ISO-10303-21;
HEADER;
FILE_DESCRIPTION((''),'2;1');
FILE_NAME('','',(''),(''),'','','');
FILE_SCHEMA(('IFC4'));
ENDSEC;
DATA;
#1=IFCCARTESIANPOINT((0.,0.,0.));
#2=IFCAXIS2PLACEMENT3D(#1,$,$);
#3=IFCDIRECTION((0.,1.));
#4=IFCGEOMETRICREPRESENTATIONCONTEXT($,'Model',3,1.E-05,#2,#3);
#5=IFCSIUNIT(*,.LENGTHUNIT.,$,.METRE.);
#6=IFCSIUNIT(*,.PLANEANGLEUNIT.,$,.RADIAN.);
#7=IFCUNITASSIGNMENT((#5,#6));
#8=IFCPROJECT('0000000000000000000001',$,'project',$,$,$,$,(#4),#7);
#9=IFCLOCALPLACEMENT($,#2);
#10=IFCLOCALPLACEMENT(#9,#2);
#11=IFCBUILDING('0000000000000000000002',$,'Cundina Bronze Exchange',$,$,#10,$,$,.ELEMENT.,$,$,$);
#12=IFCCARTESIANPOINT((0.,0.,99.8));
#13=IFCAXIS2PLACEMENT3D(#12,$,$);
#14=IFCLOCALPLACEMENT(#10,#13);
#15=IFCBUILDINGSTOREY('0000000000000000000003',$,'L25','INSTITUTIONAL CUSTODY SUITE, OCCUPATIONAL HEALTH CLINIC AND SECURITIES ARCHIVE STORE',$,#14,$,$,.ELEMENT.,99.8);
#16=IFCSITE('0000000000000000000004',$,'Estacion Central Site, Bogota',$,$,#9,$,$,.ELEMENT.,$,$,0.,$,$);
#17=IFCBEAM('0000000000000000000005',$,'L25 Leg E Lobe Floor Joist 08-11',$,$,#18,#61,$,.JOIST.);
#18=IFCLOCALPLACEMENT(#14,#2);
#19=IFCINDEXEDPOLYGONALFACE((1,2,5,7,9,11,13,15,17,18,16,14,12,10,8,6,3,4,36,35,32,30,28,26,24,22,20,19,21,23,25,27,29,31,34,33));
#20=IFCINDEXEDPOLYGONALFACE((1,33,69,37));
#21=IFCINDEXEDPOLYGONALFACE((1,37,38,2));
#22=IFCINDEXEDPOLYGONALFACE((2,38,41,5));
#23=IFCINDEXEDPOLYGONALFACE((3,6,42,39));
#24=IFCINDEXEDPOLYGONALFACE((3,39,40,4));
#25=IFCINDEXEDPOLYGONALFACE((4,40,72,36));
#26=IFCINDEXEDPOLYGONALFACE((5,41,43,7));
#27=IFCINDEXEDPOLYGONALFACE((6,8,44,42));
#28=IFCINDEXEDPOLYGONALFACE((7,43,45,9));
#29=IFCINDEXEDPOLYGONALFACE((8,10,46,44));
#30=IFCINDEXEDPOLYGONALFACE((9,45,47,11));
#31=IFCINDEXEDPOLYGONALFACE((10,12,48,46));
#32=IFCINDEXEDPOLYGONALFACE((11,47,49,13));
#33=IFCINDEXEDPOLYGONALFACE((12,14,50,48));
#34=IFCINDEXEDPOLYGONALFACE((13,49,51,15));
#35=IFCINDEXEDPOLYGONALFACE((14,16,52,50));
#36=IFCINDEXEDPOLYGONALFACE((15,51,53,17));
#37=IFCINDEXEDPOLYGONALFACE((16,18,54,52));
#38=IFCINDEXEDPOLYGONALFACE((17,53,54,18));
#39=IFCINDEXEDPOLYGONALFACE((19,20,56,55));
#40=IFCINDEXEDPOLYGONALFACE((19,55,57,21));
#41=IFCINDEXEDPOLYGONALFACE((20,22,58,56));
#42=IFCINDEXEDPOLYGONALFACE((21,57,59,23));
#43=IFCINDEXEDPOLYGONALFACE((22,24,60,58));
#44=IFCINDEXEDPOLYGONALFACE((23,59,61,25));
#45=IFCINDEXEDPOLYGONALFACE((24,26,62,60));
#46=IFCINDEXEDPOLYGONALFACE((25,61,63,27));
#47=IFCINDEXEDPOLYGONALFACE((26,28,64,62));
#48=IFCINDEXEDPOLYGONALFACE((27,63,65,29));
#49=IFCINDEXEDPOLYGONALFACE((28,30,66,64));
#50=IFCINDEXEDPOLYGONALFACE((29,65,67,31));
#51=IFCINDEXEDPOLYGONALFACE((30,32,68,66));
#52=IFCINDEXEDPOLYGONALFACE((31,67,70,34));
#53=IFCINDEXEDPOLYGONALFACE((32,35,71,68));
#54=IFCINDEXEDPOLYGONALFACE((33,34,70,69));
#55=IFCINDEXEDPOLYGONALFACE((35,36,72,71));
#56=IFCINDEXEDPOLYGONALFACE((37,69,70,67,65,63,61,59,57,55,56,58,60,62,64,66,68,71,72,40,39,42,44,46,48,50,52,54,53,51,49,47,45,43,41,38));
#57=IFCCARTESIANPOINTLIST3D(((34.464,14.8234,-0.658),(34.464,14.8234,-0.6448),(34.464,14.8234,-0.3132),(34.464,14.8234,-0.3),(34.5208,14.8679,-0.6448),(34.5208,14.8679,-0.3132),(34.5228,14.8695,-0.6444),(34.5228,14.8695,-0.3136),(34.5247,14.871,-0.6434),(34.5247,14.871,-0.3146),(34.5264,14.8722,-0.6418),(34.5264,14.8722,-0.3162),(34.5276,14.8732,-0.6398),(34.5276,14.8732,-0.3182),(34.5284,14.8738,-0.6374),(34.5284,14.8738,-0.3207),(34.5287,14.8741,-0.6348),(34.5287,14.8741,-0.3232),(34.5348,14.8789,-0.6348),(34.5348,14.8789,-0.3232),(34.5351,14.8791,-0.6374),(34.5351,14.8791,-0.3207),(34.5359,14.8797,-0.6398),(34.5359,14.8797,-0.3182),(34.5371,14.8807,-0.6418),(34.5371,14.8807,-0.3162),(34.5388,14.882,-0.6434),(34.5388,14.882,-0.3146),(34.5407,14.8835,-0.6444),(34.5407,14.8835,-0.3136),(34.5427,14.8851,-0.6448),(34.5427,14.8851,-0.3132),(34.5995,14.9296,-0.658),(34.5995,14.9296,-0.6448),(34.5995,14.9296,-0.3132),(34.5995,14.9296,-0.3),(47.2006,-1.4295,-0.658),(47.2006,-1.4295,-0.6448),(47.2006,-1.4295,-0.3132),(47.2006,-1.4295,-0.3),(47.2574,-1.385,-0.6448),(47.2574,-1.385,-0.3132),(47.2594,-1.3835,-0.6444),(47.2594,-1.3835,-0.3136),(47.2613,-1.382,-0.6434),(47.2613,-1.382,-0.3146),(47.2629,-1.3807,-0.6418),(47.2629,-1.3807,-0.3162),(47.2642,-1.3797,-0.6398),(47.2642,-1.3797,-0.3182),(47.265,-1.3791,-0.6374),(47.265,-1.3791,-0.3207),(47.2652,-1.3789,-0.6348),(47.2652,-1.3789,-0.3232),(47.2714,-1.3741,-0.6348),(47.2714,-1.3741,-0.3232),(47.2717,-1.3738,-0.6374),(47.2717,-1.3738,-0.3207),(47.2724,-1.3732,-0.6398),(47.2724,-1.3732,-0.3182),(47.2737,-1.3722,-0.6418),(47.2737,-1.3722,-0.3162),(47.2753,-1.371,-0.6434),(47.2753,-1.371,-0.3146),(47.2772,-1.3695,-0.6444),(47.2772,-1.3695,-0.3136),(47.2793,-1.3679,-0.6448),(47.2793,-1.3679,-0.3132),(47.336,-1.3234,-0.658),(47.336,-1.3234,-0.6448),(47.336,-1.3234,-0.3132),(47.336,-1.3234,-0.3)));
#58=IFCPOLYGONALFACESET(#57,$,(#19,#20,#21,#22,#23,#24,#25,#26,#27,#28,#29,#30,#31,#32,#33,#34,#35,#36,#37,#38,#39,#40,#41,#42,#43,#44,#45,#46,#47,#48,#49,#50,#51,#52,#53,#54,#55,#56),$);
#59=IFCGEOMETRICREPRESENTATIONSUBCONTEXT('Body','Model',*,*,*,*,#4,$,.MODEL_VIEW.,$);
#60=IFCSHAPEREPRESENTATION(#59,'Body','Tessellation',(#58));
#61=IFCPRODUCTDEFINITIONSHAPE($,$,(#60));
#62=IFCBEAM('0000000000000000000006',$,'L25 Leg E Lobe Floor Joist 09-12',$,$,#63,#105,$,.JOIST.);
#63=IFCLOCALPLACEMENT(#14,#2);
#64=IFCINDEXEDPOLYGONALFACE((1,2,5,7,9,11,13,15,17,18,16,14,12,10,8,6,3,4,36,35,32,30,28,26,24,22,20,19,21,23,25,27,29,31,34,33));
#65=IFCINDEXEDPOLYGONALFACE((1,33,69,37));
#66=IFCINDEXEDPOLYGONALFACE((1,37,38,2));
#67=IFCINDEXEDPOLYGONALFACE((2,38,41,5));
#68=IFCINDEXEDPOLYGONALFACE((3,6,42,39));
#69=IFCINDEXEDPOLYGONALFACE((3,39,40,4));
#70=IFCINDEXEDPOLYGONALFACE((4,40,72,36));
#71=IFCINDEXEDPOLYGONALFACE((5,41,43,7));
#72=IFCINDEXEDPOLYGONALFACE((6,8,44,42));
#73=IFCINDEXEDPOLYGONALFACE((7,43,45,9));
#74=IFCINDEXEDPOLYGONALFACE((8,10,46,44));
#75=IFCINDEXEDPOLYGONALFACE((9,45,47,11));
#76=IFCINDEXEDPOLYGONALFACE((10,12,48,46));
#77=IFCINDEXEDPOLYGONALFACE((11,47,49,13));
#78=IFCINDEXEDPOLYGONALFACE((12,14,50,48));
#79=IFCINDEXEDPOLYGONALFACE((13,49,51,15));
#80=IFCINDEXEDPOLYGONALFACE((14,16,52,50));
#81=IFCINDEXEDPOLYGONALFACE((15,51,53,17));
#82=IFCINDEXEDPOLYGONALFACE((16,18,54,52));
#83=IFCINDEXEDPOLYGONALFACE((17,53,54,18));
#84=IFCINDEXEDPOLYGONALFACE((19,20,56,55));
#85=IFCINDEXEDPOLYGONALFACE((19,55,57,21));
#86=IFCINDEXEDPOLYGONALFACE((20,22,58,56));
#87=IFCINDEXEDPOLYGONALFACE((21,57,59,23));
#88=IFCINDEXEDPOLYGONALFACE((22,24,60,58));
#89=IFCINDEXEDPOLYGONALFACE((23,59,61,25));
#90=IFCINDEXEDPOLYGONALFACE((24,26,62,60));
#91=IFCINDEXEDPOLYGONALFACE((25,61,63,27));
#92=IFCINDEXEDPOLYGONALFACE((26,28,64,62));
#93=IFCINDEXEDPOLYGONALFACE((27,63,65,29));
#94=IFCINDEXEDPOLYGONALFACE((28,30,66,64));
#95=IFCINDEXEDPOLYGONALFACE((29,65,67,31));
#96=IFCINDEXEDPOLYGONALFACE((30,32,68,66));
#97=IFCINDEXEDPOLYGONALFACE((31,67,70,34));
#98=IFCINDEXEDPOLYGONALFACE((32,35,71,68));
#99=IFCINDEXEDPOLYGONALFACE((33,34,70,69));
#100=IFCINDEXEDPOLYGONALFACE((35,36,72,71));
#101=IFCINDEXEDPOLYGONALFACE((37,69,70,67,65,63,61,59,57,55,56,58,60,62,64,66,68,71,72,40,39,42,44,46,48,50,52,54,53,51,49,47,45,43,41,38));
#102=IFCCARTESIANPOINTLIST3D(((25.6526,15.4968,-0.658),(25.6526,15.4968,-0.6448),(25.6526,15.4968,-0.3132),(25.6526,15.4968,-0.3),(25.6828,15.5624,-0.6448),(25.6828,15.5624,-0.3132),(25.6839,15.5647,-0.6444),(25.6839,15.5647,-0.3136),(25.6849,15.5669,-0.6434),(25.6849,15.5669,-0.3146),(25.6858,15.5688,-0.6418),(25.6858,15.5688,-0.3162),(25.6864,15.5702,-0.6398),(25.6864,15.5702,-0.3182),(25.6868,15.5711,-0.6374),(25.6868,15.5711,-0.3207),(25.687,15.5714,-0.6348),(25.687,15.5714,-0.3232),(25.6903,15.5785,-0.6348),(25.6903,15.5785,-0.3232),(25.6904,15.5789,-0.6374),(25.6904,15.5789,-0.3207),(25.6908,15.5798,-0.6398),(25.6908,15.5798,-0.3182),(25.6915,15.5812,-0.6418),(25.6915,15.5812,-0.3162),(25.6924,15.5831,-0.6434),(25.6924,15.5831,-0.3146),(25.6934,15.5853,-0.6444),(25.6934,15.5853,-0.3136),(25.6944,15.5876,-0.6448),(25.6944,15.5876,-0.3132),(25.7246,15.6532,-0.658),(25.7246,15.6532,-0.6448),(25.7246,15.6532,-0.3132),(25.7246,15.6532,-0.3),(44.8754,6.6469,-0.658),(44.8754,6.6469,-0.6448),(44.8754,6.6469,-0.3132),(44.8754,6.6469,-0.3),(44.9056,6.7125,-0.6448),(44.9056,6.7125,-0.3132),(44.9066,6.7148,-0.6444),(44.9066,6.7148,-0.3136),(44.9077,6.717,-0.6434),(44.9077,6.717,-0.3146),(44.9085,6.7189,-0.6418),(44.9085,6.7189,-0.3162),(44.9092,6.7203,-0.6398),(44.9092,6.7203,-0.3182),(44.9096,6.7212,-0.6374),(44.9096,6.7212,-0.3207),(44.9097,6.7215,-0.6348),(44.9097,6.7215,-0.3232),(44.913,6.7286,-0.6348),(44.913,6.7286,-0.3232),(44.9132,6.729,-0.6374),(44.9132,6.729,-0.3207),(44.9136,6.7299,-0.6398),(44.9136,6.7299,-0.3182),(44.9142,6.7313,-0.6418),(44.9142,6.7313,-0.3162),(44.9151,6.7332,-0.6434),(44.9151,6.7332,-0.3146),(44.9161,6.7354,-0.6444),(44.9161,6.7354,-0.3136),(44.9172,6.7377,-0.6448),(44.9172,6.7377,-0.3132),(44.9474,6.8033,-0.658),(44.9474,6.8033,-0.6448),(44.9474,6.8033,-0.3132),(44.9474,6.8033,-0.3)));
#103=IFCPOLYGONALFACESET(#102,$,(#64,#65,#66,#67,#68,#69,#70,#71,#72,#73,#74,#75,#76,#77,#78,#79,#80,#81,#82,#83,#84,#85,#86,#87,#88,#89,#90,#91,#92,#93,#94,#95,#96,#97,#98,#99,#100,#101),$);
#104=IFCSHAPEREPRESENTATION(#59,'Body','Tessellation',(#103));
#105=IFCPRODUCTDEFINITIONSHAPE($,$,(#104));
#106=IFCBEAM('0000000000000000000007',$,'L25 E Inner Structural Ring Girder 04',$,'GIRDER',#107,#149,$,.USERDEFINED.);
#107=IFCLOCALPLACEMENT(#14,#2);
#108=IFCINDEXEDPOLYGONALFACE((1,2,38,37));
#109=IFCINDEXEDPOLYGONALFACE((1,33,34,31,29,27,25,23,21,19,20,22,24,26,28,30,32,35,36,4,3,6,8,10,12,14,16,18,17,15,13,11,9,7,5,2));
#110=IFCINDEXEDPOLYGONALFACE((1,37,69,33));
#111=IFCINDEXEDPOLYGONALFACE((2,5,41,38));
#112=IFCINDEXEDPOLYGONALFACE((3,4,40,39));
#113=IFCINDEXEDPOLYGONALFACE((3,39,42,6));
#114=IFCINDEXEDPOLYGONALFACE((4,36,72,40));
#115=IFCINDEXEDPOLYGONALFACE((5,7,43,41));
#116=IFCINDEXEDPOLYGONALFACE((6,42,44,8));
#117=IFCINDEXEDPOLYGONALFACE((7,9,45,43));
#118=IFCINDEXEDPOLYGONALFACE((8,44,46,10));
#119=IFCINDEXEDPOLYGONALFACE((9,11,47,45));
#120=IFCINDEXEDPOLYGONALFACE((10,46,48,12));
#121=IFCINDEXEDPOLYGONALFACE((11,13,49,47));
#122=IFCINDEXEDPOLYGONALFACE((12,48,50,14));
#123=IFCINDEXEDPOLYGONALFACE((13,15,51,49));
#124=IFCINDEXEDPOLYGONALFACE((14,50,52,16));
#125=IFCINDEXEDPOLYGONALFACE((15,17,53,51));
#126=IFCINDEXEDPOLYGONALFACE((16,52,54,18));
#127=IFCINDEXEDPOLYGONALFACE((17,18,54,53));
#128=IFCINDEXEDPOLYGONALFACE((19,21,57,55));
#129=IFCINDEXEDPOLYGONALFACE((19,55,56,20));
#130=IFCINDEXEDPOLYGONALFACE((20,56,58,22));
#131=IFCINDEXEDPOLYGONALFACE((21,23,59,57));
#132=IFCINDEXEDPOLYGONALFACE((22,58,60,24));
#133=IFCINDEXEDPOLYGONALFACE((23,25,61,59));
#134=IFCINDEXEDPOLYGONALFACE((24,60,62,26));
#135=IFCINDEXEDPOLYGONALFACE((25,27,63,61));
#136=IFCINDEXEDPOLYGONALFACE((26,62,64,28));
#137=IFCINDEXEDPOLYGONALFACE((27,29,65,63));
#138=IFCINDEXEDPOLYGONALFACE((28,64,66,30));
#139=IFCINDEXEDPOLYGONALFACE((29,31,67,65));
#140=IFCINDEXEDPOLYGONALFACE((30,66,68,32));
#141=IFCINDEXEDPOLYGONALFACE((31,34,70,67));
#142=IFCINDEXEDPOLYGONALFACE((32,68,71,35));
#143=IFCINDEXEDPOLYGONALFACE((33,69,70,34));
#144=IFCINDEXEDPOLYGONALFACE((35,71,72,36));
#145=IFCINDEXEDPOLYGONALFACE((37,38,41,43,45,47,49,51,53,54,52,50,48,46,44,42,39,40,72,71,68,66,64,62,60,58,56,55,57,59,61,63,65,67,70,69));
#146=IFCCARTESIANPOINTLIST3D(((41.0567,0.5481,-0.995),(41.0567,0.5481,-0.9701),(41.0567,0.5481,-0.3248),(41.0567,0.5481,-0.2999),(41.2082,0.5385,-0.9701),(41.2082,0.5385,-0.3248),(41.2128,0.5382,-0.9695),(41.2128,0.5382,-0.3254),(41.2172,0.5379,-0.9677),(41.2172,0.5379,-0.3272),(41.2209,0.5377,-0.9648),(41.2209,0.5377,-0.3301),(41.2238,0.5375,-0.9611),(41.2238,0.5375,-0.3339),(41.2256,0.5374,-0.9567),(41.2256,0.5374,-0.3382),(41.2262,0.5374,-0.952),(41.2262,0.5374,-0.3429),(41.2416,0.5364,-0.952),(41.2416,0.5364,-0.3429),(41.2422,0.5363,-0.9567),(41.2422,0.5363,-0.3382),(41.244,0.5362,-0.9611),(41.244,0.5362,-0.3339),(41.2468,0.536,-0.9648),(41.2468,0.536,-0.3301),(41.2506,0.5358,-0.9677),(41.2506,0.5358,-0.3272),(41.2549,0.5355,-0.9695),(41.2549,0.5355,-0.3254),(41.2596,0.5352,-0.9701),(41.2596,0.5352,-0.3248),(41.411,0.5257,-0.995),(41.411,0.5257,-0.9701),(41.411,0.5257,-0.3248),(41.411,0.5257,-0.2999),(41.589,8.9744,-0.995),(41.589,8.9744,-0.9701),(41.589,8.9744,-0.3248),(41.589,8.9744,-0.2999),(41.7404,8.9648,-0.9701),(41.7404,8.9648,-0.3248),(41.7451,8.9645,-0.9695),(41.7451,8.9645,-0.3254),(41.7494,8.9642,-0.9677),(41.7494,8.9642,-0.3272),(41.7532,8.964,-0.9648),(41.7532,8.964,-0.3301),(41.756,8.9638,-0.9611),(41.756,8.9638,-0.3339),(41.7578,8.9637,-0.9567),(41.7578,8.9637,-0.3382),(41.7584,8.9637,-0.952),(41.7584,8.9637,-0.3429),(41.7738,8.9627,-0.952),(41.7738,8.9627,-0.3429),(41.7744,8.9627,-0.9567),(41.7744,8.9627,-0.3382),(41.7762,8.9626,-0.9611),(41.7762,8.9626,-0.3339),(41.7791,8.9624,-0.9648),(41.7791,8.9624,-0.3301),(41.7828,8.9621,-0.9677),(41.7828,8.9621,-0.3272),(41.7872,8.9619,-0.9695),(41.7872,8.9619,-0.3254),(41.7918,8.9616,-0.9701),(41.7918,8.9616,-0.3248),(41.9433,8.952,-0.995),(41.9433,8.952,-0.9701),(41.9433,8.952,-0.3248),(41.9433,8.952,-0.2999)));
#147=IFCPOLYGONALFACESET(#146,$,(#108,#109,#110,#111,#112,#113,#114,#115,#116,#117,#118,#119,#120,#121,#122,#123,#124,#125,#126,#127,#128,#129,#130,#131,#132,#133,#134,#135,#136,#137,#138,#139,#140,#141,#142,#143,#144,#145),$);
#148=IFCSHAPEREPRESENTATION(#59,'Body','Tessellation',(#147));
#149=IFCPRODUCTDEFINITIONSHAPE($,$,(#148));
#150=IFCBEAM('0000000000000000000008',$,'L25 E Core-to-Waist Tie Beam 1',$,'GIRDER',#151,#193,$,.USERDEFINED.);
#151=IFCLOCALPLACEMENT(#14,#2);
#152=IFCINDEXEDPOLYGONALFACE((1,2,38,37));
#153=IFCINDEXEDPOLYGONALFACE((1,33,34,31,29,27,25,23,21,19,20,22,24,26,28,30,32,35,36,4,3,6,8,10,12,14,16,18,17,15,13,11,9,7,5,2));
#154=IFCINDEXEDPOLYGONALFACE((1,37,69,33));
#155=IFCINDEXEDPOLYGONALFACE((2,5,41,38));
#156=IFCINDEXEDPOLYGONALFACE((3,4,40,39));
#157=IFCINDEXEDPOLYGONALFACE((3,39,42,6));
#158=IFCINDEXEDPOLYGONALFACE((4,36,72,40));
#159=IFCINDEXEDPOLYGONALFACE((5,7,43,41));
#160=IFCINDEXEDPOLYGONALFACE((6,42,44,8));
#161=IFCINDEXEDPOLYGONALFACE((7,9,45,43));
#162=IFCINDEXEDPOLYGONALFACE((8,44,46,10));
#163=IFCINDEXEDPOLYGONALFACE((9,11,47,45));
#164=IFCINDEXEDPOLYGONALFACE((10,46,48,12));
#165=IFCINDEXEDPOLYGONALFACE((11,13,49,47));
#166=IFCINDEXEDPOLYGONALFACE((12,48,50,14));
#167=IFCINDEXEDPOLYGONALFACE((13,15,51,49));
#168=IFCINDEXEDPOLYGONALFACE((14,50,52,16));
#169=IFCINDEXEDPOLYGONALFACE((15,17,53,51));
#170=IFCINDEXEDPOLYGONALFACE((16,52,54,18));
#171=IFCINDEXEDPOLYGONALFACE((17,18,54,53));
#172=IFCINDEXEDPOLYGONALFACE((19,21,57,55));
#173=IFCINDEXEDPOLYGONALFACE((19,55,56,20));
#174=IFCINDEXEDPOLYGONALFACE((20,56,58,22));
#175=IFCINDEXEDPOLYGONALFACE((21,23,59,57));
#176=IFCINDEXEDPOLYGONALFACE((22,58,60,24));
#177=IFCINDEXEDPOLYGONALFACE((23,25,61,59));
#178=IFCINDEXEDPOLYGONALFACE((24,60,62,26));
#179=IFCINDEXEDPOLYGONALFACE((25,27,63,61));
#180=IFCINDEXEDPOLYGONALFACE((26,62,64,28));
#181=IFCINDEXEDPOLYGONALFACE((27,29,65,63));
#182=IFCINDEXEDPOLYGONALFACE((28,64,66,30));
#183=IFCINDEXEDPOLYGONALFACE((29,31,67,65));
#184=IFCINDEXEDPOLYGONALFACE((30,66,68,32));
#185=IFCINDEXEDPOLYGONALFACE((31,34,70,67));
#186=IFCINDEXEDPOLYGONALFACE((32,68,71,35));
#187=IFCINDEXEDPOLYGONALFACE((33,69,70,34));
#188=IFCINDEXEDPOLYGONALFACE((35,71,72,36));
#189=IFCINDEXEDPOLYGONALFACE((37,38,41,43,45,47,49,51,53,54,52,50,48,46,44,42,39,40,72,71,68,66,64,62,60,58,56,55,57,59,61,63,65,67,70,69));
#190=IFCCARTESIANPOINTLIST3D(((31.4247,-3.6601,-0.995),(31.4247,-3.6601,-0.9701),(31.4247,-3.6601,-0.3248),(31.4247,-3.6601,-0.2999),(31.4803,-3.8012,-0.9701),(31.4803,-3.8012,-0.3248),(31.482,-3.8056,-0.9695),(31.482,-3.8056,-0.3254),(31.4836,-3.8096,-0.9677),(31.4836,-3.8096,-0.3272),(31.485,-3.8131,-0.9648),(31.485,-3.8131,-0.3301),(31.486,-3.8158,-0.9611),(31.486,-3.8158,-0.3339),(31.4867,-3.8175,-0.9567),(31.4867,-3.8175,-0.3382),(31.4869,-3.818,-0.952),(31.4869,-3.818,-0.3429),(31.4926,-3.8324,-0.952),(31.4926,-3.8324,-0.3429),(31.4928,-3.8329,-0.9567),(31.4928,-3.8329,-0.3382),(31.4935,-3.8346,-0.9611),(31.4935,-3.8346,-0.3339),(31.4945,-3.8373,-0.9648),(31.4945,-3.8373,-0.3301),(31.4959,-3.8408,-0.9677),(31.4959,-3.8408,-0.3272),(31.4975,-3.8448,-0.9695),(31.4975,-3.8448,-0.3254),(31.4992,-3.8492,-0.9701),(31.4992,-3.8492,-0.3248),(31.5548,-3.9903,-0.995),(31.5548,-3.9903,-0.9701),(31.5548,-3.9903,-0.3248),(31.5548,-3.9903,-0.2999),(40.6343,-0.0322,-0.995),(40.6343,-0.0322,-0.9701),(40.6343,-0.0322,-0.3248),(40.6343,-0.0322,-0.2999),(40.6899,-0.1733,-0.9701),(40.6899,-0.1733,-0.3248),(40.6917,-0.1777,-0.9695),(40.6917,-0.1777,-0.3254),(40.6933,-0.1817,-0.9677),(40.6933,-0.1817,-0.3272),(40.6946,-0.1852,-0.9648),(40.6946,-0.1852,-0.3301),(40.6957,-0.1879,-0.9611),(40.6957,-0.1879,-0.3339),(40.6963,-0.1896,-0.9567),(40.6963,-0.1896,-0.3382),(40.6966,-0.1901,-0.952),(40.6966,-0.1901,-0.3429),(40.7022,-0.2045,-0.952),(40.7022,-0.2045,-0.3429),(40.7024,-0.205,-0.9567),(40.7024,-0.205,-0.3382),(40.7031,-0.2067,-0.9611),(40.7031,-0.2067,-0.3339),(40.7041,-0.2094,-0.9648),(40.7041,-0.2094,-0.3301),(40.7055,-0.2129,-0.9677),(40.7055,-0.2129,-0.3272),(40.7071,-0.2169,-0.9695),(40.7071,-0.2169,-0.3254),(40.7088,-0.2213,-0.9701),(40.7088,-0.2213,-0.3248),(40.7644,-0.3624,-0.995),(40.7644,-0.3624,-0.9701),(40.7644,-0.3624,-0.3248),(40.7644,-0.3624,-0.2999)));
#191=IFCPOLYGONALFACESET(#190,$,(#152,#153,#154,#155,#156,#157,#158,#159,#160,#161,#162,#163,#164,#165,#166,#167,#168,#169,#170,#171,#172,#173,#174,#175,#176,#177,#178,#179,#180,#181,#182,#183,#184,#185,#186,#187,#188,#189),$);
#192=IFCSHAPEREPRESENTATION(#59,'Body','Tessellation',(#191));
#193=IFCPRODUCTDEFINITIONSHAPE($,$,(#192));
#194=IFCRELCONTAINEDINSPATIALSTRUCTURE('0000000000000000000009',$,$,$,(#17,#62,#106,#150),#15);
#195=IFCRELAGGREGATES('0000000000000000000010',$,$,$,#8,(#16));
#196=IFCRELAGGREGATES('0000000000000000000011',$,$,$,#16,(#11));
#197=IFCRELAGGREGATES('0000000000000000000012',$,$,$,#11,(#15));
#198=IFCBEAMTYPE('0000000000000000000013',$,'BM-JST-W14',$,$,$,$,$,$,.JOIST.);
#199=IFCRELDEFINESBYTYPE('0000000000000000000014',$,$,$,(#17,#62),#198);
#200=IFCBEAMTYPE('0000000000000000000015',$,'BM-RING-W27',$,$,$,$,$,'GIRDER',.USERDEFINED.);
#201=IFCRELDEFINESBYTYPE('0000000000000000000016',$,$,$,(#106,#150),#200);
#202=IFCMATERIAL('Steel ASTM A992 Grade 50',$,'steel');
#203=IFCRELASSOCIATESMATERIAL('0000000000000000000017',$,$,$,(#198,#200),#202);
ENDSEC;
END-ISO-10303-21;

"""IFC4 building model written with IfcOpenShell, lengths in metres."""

from ifc_helpers import new_model, si_unit, direction, frame, origin, origin_2d, place, context, subcontext, project, spatial, i_section, extrude, material, material_profile, profile_set, type_object, element, save


model = new_model("IFC4")

# Units and contexts
model_context = context("Model", 3, precision=1e-05, world=origin(), true_north=direction((0.0, 1.0)))
body_context = subcontext(model_context, "Body", "Model", "MODEL_VIEW")
ifc_project = project(units=[si_unit("LENGTHUNIT", "METRE"), si_unit("PLANEANGLEUNIT", "RADIAN")], contexts=[model_context])

# Site, building, storey
site_placement = place(None, origin())
site = spatial("IfcSite", under=ifc_project, at=site_placement, Name="Estacion Central Site, Bogota", CompositionType="ELEMENT", RefElevation=0.0)
building_placement = place(site_placement, origin())
building = spatial("IfcBuilding", under=site, at=building_placement, Name="Cundina Bronze Exchange", CompositionType="ELEMENT")
storey_placement = place(building_placement, frame((0.0, 0.0, 99.8)))
storey = spatial("IfcBuildingStorey", under=building, at=storey_placement, Name="L25", Description="INSTITUTIONAL CUSTODY SUITE, OCCUPATIONAL HEALTH CLINIC AND SECURITIES ARCHIVE STORE", CompositionType="ELEMENT", Elevation=99.8)

# Shared definitions
ifc_material_1 = material(Name="Steel ASTM A992 Grade 50", Category="steel")

# Beams
ifc_material_profile_1 = material_profile(ifc_material_1, i_section(OverallWidth=0.1721, OverallDepth=0.3579, WebThickness=0.0078, FlangeThickness=0.0132, FilletRadius=0.01, at=origin_2d()), Name="W14X38", Category="steel")
ifc_profile_set_1 = profile_set([ifc_material_profile_1], Name="Steel ASTM A992 Grade 50")
beam_type_1 = type_object("IfcBeamType", Name="BM-JST-W14", PredefinedType="JOIST", material=ifc_profile_set_1)
beam_1_placement = place(storey_placement, frame((47.2683, -1.3765, -0.479), z_axis=(-0.616815, 0.787108, 0.0), x_axis=(-0.787108, -0.616815, 0.0)))
element("IfcBeam", 1, at=beam_1_placement, inside=storey, type_object=beam_type_1, Name="L25 Leg E Lobe Floor Joist 08-11", PredefinedType="JOIST", context=body_context, shape_type="SweptSolid", body=[
    extrude(i_section(OverallWidth=0.1721, OverallDepth=0.3579, WebThickness=0.0078, FlangeThickness=0.0132, FilletRadius=0.01, at=origin_2d()), origin(), (0.0, 0.0, 1.0), 20.6489),
])
beam_2_placement = place(storey_placement, frame((44.9114, 6.7251, -0.479), z_axis=(-0.908357, 0.418195, 0.0), x_axis=(-0.418195, -0.908357, 0.0)))
element("IfcBeam", 2, at=beam_2_placement, inside=storey, type_object=beam_type_1, Name="L25 Leg E Lobe Floor Joist 09-12", PredefinedType="JOIST", context=body_context, shape_type="SweptSolid", body=[
    extrude(i_section(OverallWidth=0.1721, OverallDepth=0.3579, WebThickness=0.0078, FlangeThickness=0.0132, FilletRadius=0.01, at=origin_2d()), origin(), (0.0, 0.0, 1.0), 21.1621),
])
ifc_material_profile_2 = material_profile(ifc_material_1, i_section(OverallWidth=0.355, OverallDepth=0.6951, WebThickness=0.0154, FlangeThickness=0.0249, FilletRadius=0.0181, at=origin_2d()), Name="W27X146", Category="steel")
ifc_profile_set_2 = profile_set([ifc_material_profile_2], Name="Steel ASTM A992 Grade 50")
beam_type_2 = type_object("IfcBeamType", Name="BM-RING-W27", ElementType="GIRDER", PredefinedType="USERDEFINED", material=ifc_profile_set_2)
beam_3_placement = place(storey_placement, frame((41.2339, 0.5369, -0.6475), z_axis=(0.063037, 0.998011, 0.0), x_axis=(-0.998011, 0.063037, 0.0)))
element("IfcBeam", 3, at=beam_3_placement, inside=storey, type_object=beam_type_2, Name="L25 E Inner Structural Ring Girder 04", ObjectType="GIRDER", PredefinedType="USERDEFINED", context=body_context, shape_type="SweptSolid", body=[
    extrude(i_section(OverallWidth=0.355, OverallDepth=0.6951, WebThickness=0.0154, FlangeThickness=0.0249, FilletRadius=0.0181, at=origin_2d()), origin(), (0.0, 0.0, 1.0), 8.4431),
])
beam_4_placement = place(storey_placement, frame((31.4897, -3.8252, -0.6475), z_axis=(0.930413, 0.366512, 0.0), x_axis=(-0.366512, 0.930413, 0.0)))
element("IfcBeam", 4, at=beam_4_placement, inside=storey, type_object=beam_type_2, Name="L25 E Core-to-Waist Tie Beam 1", ObjectType="GIRDER", PredefinedType="USERDEFINED", context=body_context, shape_type="SweptSolid", body=[
    extrude(i_section(OverallWidth=0.355, OverallDepth=0.6951, WebThickness=0.0154, FlangeThickness=0.0249, FilletRadius=0.0181, at=origin_2d()), origin(), (0.0, 0.0, 1.0), 9.8984),
])

save(model, "model.ifc")
